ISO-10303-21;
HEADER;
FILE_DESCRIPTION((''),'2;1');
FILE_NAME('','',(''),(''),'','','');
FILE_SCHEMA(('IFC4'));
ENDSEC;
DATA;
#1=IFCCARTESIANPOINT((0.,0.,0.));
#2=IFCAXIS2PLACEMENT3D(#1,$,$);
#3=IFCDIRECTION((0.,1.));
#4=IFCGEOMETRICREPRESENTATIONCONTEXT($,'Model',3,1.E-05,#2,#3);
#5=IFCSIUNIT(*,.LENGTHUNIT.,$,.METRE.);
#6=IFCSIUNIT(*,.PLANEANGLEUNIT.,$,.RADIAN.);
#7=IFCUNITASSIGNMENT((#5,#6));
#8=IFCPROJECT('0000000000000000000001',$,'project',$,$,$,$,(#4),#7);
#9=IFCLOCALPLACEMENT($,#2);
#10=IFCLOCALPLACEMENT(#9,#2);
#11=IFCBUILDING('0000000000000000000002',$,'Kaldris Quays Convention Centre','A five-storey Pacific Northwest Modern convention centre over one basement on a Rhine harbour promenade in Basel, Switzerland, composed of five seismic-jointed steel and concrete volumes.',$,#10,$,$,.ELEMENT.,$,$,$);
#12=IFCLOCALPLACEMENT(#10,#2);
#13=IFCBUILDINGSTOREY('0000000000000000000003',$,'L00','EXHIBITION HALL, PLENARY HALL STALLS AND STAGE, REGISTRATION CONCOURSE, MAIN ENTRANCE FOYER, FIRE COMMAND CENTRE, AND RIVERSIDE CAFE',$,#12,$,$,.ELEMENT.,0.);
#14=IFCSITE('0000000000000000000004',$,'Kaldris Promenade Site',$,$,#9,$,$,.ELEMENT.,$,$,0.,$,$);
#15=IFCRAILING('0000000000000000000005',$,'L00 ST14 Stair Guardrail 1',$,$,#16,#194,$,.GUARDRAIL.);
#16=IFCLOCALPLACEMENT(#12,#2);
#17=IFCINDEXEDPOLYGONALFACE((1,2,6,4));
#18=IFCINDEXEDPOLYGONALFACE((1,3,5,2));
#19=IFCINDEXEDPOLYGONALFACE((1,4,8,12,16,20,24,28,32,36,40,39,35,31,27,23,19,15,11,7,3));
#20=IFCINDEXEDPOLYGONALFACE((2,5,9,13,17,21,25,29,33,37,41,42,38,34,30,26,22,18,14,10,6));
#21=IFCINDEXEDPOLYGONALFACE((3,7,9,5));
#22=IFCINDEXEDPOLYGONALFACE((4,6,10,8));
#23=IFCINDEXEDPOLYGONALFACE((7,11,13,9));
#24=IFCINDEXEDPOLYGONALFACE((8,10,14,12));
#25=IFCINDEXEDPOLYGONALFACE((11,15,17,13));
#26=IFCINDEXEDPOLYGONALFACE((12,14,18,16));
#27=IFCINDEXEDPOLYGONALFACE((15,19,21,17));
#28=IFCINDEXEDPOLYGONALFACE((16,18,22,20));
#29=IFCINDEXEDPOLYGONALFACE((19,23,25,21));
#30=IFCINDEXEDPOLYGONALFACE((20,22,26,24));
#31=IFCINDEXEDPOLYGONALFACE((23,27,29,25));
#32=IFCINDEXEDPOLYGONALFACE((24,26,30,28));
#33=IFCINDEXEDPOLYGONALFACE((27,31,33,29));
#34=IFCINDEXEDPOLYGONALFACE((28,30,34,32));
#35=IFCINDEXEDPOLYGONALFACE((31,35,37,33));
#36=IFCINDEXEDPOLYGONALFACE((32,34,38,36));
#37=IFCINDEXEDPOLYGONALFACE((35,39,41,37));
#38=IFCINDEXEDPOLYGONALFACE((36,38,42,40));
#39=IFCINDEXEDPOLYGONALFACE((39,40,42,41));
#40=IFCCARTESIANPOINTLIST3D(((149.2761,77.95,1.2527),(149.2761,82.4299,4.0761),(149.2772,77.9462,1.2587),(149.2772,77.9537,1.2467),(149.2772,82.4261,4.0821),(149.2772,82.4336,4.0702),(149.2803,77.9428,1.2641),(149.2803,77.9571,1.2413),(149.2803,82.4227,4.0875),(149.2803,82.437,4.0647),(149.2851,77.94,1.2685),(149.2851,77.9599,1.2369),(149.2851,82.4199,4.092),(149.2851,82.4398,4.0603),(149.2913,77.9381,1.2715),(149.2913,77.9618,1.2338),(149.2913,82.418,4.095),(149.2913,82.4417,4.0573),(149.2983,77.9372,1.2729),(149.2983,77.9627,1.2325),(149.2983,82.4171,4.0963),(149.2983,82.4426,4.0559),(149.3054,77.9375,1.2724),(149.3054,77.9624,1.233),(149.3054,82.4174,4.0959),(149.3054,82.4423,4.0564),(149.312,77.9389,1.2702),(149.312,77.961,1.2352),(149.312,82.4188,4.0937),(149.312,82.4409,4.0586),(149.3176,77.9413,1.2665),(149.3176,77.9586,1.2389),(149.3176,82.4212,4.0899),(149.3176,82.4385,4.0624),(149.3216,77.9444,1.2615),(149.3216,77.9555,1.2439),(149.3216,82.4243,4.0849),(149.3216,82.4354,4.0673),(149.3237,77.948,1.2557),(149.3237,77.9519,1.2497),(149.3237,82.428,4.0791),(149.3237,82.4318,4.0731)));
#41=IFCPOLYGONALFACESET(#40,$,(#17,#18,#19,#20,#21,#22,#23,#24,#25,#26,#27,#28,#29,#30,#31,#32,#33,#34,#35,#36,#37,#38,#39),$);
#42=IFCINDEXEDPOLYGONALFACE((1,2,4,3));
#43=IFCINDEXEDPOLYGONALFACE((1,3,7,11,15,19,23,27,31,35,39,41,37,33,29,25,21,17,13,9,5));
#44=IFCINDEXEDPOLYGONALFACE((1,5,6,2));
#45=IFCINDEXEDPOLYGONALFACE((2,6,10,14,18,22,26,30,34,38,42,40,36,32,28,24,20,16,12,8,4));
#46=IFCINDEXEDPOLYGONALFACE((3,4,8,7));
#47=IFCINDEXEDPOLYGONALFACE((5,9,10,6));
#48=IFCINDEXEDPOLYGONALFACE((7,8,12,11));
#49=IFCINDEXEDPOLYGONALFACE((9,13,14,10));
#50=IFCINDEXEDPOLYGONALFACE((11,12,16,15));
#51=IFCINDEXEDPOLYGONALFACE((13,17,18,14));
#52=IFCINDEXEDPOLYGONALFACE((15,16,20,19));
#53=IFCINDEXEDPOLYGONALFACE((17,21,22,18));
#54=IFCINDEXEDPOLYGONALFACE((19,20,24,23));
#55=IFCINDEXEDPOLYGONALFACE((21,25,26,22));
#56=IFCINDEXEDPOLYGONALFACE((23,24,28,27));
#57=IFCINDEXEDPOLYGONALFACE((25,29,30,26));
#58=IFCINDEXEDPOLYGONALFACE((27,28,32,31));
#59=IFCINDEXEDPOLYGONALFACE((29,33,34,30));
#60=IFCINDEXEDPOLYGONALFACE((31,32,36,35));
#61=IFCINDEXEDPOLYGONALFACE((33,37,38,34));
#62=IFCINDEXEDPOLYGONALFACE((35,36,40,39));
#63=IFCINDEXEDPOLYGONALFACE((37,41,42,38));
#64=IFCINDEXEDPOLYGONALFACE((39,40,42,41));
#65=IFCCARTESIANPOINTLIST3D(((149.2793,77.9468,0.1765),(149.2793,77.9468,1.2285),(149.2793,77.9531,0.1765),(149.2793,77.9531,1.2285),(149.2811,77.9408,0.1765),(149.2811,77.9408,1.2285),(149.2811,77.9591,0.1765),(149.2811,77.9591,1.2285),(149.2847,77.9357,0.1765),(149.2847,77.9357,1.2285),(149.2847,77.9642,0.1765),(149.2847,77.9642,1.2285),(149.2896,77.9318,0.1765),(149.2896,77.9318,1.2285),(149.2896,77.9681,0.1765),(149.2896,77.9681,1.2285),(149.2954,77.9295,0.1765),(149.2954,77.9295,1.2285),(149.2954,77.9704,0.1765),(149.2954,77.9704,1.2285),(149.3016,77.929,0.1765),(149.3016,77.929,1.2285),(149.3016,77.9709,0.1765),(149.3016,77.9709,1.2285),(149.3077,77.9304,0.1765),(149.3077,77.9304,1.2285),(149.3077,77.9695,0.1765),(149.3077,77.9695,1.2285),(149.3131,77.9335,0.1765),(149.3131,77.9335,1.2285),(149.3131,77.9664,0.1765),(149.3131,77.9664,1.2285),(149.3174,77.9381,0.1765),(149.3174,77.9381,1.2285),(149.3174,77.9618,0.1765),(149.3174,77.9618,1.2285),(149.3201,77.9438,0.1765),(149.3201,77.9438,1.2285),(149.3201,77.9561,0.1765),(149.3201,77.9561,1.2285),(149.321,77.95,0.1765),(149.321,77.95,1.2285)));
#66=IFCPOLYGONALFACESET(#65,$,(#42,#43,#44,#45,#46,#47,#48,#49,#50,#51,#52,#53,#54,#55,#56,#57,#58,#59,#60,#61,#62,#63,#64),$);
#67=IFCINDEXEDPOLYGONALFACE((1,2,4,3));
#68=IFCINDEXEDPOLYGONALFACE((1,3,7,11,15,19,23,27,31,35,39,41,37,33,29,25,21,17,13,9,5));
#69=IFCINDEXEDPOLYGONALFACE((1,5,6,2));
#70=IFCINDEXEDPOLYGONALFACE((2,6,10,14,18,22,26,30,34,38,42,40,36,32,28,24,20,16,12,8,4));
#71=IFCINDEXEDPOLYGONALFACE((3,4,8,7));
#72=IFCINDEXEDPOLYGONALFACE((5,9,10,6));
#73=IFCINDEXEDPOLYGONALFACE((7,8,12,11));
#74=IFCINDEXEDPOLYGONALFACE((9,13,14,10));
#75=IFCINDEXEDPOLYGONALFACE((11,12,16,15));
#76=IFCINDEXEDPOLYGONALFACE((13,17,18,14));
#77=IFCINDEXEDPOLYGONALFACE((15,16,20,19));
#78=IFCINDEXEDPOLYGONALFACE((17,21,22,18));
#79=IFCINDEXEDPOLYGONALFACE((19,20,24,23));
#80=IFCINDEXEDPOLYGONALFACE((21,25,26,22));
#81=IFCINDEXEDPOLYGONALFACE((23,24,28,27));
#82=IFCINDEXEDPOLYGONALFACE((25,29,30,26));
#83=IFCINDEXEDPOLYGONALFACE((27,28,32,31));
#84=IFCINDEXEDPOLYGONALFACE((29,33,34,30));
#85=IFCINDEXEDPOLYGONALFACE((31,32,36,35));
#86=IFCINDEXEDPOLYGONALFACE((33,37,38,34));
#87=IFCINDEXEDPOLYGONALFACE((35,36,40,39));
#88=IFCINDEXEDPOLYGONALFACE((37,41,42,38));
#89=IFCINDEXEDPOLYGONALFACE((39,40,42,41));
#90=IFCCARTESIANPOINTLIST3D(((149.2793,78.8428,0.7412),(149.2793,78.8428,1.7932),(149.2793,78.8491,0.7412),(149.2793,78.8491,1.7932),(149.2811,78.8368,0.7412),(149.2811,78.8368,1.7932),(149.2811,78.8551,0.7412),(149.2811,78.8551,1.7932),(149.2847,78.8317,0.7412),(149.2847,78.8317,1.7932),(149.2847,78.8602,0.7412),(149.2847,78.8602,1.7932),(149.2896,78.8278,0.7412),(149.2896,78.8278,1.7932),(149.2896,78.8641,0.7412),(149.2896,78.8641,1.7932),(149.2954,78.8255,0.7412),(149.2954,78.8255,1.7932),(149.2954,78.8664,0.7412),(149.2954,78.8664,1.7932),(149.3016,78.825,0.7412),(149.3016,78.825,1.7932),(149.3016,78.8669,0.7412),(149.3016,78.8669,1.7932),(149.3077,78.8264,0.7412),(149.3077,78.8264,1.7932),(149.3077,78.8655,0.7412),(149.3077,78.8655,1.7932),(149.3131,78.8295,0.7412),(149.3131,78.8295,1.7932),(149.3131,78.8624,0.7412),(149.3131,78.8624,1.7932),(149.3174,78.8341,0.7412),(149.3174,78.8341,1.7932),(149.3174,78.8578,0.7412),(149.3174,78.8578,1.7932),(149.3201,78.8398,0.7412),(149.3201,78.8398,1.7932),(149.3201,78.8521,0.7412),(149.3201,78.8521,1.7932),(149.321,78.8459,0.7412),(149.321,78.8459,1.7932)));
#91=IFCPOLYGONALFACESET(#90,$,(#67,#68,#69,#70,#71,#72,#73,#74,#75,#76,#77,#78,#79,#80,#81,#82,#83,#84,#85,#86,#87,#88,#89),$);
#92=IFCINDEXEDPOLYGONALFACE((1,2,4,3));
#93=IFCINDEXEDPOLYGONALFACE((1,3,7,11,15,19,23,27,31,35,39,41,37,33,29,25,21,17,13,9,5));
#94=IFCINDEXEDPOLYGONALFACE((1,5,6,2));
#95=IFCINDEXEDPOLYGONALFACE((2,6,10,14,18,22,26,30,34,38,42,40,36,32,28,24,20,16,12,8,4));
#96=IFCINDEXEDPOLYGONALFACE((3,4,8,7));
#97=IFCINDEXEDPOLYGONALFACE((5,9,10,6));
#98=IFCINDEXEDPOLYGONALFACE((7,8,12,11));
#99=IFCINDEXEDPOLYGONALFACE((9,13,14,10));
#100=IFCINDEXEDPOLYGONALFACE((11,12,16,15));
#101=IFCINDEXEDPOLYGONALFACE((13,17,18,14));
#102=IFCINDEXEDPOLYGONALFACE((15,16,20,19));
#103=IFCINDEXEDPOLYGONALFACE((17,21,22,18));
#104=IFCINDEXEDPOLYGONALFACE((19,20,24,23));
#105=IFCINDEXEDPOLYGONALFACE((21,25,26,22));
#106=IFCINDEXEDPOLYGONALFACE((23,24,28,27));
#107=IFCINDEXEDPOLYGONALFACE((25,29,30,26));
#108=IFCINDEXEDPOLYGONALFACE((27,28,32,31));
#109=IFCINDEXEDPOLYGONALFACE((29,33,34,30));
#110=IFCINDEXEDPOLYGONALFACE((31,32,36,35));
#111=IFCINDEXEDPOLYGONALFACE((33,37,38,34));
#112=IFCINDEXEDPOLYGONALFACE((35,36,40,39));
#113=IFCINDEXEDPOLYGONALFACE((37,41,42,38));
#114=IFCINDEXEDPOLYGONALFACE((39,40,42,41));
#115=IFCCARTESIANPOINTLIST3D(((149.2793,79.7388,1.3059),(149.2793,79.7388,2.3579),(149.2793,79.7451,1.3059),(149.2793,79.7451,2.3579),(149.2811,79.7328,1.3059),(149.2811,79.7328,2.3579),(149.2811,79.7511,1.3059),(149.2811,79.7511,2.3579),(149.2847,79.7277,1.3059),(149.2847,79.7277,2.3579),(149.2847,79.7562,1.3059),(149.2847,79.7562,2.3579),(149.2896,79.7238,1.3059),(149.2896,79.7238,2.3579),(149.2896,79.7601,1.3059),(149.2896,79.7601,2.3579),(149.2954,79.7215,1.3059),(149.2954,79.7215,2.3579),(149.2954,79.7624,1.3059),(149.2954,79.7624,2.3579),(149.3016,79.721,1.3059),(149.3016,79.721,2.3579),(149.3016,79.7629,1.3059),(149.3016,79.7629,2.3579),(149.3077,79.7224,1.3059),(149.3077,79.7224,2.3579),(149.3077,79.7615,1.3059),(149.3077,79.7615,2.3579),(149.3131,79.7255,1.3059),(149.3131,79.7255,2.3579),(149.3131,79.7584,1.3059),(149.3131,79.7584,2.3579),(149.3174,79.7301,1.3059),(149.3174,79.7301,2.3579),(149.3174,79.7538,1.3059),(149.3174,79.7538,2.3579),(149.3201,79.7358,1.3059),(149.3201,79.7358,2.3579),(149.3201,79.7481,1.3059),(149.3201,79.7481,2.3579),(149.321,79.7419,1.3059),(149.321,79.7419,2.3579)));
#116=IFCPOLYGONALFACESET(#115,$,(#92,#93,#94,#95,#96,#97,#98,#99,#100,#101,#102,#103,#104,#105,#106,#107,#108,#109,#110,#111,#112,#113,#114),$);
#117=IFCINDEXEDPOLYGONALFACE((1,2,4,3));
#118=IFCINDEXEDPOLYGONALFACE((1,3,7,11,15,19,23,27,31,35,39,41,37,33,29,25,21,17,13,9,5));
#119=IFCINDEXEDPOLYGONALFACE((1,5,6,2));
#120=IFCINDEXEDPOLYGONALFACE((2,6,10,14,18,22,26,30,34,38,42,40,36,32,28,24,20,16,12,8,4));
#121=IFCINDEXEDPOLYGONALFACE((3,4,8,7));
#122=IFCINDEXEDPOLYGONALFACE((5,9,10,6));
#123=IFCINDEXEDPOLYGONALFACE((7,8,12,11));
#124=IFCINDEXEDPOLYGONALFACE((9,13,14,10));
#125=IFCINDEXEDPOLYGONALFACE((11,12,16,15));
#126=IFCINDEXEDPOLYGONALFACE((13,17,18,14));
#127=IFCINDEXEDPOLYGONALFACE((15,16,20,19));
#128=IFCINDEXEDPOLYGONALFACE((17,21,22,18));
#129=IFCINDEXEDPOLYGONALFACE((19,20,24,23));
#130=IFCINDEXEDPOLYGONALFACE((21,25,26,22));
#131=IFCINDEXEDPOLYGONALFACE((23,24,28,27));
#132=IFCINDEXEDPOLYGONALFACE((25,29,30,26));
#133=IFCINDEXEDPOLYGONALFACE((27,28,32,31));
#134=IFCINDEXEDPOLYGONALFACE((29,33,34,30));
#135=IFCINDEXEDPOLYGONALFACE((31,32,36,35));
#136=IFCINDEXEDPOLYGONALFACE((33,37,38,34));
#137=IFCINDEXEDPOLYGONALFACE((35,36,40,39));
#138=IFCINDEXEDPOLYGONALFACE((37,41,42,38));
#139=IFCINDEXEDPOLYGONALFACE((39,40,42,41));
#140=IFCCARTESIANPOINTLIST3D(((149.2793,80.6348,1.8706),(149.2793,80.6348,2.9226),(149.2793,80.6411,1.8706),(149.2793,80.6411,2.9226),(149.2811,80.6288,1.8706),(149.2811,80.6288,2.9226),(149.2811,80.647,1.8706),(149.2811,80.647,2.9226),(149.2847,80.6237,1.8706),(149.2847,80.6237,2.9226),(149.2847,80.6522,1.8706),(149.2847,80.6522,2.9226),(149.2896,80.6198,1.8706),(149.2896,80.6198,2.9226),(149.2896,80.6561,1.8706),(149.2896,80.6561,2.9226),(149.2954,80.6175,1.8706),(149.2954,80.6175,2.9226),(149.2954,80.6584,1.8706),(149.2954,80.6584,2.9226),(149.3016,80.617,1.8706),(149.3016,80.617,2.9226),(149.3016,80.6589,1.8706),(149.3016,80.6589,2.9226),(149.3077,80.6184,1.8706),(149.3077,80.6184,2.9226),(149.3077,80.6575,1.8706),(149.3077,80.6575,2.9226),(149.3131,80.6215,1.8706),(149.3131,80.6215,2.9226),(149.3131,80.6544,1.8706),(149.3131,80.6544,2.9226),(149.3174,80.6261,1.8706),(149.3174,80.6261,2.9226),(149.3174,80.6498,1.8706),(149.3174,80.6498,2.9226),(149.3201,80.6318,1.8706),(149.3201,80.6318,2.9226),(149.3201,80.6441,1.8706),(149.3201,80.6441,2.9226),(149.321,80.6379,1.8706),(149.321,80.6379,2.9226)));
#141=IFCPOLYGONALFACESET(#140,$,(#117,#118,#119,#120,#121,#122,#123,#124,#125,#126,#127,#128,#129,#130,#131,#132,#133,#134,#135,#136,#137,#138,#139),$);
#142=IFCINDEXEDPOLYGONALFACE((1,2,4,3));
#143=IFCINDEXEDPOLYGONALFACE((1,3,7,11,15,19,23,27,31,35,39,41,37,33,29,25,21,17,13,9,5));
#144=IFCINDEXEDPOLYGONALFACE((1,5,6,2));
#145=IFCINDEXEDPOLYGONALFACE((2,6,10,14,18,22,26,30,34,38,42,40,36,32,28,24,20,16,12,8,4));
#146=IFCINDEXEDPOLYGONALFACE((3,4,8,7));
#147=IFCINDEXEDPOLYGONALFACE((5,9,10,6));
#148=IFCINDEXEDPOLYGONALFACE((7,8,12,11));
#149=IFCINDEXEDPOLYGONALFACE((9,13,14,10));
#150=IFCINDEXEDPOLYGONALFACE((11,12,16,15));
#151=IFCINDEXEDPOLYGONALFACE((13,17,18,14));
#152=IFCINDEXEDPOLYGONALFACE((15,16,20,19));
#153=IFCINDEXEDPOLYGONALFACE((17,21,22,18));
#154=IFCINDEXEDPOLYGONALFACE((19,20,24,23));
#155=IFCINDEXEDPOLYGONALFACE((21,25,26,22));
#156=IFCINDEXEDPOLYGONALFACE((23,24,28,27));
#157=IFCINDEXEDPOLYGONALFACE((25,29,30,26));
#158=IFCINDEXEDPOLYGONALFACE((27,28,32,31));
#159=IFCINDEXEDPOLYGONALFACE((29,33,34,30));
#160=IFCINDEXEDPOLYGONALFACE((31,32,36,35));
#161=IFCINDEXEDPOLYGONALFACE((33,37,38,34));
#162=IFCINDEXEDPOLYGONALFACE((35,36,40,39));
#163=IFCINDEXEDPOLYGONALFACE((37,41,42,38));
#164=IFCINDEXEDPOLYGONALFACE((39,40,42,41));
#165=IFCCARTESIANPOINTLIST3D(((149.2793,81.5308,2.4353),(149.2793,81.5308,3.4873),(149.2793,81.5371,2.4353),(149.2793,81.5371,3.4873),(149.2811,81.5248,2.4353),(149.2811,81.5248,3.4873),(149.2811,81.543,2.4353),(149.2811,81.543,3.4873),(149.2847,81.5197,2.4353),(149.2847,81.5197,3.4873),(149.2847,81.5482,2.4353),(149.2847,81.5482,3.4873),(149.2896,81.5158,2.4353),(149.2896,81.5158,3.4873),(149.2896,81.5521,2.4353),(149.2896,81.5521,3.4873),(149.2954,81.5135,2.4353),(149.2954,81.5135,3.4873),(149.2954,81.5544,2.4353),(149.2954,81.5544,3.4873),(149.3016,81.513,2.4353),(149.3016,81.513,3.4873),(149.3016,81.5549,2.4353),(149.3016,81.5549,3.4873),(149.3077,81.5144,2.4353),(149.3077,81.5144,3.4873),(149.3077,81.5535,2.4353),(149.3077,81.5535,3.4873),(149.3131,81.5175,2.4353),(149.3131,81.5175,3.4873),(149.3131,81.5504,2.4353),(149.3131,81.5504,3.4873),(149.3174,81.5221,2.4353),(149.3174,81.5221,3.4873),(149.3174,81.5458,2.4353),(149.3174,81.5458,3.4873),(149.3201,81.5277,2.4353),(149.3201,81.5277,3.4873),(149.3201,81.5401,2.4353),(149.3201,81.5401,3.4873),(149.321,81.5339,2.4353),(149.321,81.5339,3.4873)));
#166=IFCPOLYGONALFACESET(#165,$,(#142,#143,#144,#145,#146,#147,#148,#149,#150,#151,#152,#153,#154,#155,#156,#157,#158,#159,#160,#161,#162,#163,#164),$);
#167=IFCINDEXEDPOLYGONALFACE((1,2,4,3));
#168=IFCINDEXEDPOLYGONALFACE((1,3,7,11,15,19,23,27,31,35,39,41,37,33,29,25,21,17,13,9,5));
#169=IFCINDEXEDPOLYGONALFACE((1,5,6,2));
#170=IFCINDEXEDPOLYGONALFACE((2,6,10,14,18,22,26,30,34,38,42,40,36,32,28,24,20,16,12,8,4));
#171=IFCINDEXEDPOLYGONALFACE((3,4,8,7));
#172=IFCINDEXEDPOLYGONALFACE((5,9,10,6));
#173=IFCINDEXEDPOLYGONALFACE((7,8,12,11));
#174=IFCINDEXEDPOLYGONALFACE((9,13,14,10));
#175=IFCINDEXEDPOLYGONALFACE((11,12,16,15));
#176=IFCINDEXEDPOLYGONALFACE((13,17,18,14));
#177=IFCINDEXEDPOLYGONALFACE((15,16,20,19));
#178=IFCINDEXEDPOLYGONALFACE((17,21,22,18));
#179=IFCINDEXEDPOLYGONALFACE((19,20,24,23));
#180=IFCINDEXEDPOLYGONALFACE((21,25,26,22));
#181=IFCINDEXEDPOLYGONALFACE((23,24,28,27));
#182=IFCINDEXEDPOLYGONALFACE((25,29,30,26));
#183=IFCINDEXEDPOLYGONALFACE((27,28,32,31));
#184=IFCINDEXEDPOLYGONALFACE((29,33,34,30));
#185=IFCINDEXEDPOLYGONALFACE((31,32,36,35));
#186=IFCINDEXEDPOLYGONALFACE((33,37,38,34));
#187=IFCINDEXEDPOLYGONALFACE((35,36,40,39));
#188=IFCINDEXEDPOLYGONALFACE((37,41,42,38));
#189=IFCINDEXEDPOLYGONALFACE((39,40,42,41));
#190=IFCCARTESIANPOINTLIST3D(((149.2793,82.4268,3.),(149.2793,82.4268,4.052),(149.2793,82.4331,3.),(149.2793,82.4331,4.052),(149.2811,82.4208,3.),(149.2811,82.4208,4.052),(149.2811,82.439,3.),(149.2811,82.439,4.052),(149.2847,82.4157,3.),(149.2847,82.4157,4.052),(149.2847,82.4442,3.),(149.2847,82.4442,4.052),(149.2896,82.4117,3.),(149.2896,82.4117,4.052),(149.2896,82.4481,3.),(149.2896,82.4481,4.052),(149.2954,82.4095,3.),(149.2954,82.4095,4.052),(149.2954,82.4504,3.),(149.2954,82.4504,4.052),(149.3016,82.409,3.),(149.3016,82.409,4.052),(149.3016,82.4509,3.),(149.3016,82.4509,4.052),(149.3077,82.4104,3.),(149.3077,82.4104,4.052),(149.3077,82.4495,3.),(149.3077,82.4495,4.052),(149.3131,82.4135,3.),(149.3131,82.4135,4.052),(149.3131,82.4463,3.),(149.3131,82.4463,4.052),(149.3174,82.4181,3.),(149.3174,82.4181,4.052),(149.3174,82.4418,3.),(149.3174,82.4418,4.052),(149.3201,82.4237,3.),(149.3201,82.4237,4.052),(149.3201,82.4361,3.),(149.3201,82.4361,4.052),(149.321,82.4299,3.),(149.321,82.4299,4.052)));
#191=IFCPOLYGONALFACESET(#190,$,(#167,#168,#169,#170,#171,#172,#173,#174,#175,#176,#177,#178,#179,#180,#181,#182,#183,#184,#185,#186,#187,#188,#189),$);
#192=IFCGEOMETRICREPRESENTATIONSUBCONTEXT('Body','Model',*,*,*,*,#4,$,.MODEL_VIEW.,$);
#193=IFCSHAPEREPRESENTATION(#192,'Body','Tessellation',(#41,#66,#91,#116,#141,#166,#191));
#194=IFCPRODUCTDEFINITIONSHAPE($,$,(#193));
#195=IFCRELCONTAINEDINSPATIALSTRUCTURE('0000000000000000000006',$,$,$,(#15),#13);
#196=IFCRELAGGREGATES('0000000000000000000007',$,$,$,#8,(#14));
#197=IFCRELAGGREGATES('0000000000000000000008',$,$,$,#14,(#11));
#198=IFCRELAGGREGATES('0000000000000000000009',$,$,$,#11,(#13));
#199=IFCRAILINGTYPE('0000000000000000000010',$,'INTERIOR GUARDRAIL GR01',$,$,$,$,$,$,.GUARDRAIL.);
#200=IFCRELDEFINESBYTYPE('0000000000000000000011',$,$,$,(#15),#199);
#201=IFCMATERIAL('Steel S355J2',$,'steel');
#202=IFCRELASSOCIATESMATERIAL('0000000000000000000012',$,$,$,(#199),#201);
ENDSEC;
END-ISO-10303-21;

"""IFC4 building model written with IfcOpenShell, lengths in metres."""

from ifc_helpers import new_model, si_unit, direction, frame, origin, origin_2d, place, context, subcontext, project, spatial, circle, extrude, material, type_object, element, save


model = new_model("IFC4")

# Units and contexts
model_context = context("Model", 3, precision=1e-05, world=origin(), true_north=direction((0.0, 1.0)))
body_context = subcontext(model_context, "Body", "Model", "MODEL_VIEW")
ifc_project = project(units=[si_unit("LENGTHUNIT", "METRE"), si_unit("PLANEANGLEUNIT", "RADIAN")], contexts=[model_context])

# Site, building, storey
site_placement = place(None, origin())
site = spatial("IfcSite", under=ifc_project, at=site_placement, Name="Kaldris Promenade Site", CompositionType="ELEMENT", RefElevation=0.0)
building_placement = place(site_placement, origin())
building = spatial("IfcBuilding", under=site, at=building_placement, Name="Kaldris Quays Convention Centre", Description="A five-storey Pacific Northwest Modern convention centre over one basement on a Rhine harbour promenade in Basel, Switzerland, composed of five seismic-jointed steel and concrete volumes.", CompositionType="ELEMENT")
storey_placement = place(building_placement, origin())
storey = spatial("IfcBuildingStorey", under=building, at=storey_placement, Name="L00", Description="EXHIBITION HALL, PLENARY HALL STALLS AND STAGE, REGISTRATION CONCOURSE, MAIN ENTRANCE FOYER, FIRE COMMAND CENTRE, AND RIVERSIDE CAFE", CompositionType="ELEMENT", Elevation=0.0)

# Shared definitions
ifc_material_1 = material(Name="Steel S355J2", Category="steel")

# Railing
railing_type_1 = type_object("IfcRailingType", Name="INTERIOR GUARDRAIL GR01", PredefinedType="GUARDRAIL", material=ifc_material_1)
railing_1_placement = place(storey_placement, frame((149.3, 77.95, 0.1765)))
element("IfcRailing", 1, at=railing_1_placement, inside=storey, type_object=railing_type_1, Name="L00 ST14 Stair Guardrail 1", PredefinedType="GUARDRAIL", context=body_context, shape_type="SweptSolid", body=[
    extrude(circle(Radius=0.0239, at=origin_2d()), frame((0.0, 0.0, 1.0762), z_axis=(0.0, 0.845998, 0.533186), x_axis=(-1.0, 0.0, 0.0)), (0.0, 0.0, 1.0), 5.2954),
    extrude(circle(Radius=0.021, at=origin_2d()), origin(), (0.0, 0.0, 1.0), 1.052),
    extrude(circle(Radius=0.021, at=origin_2d()), frame((0.0, 0.896, 0.5647)), (0.0, 0.0, 1.0), 1.052),
    extrude(circle(Radius=0.021, at=origin_2d()), frame((0.0, 1.792, 1.1294)), (0.0, 0.0, 1.0), 1.052),
    extrude(circle(Radius=0.021, at=origin_2d()), frame((0.0, 2.688, 1.6941)), (0.0, 0.0, 1.0), 1.052),
    extrude(circle(Radius=0.021, at=origin_2d()), frame((0.0, 3.584, 2.2588)), (0.0, 0.0, 1.0), 1.052),
    extrude(circle(Radius=0.021, at=origin_2d()), frame((0.0, 4.48, 2.8235)), (0.0, 0.0, 1.0), 1.052),
])

save(model, "model.ifc")
